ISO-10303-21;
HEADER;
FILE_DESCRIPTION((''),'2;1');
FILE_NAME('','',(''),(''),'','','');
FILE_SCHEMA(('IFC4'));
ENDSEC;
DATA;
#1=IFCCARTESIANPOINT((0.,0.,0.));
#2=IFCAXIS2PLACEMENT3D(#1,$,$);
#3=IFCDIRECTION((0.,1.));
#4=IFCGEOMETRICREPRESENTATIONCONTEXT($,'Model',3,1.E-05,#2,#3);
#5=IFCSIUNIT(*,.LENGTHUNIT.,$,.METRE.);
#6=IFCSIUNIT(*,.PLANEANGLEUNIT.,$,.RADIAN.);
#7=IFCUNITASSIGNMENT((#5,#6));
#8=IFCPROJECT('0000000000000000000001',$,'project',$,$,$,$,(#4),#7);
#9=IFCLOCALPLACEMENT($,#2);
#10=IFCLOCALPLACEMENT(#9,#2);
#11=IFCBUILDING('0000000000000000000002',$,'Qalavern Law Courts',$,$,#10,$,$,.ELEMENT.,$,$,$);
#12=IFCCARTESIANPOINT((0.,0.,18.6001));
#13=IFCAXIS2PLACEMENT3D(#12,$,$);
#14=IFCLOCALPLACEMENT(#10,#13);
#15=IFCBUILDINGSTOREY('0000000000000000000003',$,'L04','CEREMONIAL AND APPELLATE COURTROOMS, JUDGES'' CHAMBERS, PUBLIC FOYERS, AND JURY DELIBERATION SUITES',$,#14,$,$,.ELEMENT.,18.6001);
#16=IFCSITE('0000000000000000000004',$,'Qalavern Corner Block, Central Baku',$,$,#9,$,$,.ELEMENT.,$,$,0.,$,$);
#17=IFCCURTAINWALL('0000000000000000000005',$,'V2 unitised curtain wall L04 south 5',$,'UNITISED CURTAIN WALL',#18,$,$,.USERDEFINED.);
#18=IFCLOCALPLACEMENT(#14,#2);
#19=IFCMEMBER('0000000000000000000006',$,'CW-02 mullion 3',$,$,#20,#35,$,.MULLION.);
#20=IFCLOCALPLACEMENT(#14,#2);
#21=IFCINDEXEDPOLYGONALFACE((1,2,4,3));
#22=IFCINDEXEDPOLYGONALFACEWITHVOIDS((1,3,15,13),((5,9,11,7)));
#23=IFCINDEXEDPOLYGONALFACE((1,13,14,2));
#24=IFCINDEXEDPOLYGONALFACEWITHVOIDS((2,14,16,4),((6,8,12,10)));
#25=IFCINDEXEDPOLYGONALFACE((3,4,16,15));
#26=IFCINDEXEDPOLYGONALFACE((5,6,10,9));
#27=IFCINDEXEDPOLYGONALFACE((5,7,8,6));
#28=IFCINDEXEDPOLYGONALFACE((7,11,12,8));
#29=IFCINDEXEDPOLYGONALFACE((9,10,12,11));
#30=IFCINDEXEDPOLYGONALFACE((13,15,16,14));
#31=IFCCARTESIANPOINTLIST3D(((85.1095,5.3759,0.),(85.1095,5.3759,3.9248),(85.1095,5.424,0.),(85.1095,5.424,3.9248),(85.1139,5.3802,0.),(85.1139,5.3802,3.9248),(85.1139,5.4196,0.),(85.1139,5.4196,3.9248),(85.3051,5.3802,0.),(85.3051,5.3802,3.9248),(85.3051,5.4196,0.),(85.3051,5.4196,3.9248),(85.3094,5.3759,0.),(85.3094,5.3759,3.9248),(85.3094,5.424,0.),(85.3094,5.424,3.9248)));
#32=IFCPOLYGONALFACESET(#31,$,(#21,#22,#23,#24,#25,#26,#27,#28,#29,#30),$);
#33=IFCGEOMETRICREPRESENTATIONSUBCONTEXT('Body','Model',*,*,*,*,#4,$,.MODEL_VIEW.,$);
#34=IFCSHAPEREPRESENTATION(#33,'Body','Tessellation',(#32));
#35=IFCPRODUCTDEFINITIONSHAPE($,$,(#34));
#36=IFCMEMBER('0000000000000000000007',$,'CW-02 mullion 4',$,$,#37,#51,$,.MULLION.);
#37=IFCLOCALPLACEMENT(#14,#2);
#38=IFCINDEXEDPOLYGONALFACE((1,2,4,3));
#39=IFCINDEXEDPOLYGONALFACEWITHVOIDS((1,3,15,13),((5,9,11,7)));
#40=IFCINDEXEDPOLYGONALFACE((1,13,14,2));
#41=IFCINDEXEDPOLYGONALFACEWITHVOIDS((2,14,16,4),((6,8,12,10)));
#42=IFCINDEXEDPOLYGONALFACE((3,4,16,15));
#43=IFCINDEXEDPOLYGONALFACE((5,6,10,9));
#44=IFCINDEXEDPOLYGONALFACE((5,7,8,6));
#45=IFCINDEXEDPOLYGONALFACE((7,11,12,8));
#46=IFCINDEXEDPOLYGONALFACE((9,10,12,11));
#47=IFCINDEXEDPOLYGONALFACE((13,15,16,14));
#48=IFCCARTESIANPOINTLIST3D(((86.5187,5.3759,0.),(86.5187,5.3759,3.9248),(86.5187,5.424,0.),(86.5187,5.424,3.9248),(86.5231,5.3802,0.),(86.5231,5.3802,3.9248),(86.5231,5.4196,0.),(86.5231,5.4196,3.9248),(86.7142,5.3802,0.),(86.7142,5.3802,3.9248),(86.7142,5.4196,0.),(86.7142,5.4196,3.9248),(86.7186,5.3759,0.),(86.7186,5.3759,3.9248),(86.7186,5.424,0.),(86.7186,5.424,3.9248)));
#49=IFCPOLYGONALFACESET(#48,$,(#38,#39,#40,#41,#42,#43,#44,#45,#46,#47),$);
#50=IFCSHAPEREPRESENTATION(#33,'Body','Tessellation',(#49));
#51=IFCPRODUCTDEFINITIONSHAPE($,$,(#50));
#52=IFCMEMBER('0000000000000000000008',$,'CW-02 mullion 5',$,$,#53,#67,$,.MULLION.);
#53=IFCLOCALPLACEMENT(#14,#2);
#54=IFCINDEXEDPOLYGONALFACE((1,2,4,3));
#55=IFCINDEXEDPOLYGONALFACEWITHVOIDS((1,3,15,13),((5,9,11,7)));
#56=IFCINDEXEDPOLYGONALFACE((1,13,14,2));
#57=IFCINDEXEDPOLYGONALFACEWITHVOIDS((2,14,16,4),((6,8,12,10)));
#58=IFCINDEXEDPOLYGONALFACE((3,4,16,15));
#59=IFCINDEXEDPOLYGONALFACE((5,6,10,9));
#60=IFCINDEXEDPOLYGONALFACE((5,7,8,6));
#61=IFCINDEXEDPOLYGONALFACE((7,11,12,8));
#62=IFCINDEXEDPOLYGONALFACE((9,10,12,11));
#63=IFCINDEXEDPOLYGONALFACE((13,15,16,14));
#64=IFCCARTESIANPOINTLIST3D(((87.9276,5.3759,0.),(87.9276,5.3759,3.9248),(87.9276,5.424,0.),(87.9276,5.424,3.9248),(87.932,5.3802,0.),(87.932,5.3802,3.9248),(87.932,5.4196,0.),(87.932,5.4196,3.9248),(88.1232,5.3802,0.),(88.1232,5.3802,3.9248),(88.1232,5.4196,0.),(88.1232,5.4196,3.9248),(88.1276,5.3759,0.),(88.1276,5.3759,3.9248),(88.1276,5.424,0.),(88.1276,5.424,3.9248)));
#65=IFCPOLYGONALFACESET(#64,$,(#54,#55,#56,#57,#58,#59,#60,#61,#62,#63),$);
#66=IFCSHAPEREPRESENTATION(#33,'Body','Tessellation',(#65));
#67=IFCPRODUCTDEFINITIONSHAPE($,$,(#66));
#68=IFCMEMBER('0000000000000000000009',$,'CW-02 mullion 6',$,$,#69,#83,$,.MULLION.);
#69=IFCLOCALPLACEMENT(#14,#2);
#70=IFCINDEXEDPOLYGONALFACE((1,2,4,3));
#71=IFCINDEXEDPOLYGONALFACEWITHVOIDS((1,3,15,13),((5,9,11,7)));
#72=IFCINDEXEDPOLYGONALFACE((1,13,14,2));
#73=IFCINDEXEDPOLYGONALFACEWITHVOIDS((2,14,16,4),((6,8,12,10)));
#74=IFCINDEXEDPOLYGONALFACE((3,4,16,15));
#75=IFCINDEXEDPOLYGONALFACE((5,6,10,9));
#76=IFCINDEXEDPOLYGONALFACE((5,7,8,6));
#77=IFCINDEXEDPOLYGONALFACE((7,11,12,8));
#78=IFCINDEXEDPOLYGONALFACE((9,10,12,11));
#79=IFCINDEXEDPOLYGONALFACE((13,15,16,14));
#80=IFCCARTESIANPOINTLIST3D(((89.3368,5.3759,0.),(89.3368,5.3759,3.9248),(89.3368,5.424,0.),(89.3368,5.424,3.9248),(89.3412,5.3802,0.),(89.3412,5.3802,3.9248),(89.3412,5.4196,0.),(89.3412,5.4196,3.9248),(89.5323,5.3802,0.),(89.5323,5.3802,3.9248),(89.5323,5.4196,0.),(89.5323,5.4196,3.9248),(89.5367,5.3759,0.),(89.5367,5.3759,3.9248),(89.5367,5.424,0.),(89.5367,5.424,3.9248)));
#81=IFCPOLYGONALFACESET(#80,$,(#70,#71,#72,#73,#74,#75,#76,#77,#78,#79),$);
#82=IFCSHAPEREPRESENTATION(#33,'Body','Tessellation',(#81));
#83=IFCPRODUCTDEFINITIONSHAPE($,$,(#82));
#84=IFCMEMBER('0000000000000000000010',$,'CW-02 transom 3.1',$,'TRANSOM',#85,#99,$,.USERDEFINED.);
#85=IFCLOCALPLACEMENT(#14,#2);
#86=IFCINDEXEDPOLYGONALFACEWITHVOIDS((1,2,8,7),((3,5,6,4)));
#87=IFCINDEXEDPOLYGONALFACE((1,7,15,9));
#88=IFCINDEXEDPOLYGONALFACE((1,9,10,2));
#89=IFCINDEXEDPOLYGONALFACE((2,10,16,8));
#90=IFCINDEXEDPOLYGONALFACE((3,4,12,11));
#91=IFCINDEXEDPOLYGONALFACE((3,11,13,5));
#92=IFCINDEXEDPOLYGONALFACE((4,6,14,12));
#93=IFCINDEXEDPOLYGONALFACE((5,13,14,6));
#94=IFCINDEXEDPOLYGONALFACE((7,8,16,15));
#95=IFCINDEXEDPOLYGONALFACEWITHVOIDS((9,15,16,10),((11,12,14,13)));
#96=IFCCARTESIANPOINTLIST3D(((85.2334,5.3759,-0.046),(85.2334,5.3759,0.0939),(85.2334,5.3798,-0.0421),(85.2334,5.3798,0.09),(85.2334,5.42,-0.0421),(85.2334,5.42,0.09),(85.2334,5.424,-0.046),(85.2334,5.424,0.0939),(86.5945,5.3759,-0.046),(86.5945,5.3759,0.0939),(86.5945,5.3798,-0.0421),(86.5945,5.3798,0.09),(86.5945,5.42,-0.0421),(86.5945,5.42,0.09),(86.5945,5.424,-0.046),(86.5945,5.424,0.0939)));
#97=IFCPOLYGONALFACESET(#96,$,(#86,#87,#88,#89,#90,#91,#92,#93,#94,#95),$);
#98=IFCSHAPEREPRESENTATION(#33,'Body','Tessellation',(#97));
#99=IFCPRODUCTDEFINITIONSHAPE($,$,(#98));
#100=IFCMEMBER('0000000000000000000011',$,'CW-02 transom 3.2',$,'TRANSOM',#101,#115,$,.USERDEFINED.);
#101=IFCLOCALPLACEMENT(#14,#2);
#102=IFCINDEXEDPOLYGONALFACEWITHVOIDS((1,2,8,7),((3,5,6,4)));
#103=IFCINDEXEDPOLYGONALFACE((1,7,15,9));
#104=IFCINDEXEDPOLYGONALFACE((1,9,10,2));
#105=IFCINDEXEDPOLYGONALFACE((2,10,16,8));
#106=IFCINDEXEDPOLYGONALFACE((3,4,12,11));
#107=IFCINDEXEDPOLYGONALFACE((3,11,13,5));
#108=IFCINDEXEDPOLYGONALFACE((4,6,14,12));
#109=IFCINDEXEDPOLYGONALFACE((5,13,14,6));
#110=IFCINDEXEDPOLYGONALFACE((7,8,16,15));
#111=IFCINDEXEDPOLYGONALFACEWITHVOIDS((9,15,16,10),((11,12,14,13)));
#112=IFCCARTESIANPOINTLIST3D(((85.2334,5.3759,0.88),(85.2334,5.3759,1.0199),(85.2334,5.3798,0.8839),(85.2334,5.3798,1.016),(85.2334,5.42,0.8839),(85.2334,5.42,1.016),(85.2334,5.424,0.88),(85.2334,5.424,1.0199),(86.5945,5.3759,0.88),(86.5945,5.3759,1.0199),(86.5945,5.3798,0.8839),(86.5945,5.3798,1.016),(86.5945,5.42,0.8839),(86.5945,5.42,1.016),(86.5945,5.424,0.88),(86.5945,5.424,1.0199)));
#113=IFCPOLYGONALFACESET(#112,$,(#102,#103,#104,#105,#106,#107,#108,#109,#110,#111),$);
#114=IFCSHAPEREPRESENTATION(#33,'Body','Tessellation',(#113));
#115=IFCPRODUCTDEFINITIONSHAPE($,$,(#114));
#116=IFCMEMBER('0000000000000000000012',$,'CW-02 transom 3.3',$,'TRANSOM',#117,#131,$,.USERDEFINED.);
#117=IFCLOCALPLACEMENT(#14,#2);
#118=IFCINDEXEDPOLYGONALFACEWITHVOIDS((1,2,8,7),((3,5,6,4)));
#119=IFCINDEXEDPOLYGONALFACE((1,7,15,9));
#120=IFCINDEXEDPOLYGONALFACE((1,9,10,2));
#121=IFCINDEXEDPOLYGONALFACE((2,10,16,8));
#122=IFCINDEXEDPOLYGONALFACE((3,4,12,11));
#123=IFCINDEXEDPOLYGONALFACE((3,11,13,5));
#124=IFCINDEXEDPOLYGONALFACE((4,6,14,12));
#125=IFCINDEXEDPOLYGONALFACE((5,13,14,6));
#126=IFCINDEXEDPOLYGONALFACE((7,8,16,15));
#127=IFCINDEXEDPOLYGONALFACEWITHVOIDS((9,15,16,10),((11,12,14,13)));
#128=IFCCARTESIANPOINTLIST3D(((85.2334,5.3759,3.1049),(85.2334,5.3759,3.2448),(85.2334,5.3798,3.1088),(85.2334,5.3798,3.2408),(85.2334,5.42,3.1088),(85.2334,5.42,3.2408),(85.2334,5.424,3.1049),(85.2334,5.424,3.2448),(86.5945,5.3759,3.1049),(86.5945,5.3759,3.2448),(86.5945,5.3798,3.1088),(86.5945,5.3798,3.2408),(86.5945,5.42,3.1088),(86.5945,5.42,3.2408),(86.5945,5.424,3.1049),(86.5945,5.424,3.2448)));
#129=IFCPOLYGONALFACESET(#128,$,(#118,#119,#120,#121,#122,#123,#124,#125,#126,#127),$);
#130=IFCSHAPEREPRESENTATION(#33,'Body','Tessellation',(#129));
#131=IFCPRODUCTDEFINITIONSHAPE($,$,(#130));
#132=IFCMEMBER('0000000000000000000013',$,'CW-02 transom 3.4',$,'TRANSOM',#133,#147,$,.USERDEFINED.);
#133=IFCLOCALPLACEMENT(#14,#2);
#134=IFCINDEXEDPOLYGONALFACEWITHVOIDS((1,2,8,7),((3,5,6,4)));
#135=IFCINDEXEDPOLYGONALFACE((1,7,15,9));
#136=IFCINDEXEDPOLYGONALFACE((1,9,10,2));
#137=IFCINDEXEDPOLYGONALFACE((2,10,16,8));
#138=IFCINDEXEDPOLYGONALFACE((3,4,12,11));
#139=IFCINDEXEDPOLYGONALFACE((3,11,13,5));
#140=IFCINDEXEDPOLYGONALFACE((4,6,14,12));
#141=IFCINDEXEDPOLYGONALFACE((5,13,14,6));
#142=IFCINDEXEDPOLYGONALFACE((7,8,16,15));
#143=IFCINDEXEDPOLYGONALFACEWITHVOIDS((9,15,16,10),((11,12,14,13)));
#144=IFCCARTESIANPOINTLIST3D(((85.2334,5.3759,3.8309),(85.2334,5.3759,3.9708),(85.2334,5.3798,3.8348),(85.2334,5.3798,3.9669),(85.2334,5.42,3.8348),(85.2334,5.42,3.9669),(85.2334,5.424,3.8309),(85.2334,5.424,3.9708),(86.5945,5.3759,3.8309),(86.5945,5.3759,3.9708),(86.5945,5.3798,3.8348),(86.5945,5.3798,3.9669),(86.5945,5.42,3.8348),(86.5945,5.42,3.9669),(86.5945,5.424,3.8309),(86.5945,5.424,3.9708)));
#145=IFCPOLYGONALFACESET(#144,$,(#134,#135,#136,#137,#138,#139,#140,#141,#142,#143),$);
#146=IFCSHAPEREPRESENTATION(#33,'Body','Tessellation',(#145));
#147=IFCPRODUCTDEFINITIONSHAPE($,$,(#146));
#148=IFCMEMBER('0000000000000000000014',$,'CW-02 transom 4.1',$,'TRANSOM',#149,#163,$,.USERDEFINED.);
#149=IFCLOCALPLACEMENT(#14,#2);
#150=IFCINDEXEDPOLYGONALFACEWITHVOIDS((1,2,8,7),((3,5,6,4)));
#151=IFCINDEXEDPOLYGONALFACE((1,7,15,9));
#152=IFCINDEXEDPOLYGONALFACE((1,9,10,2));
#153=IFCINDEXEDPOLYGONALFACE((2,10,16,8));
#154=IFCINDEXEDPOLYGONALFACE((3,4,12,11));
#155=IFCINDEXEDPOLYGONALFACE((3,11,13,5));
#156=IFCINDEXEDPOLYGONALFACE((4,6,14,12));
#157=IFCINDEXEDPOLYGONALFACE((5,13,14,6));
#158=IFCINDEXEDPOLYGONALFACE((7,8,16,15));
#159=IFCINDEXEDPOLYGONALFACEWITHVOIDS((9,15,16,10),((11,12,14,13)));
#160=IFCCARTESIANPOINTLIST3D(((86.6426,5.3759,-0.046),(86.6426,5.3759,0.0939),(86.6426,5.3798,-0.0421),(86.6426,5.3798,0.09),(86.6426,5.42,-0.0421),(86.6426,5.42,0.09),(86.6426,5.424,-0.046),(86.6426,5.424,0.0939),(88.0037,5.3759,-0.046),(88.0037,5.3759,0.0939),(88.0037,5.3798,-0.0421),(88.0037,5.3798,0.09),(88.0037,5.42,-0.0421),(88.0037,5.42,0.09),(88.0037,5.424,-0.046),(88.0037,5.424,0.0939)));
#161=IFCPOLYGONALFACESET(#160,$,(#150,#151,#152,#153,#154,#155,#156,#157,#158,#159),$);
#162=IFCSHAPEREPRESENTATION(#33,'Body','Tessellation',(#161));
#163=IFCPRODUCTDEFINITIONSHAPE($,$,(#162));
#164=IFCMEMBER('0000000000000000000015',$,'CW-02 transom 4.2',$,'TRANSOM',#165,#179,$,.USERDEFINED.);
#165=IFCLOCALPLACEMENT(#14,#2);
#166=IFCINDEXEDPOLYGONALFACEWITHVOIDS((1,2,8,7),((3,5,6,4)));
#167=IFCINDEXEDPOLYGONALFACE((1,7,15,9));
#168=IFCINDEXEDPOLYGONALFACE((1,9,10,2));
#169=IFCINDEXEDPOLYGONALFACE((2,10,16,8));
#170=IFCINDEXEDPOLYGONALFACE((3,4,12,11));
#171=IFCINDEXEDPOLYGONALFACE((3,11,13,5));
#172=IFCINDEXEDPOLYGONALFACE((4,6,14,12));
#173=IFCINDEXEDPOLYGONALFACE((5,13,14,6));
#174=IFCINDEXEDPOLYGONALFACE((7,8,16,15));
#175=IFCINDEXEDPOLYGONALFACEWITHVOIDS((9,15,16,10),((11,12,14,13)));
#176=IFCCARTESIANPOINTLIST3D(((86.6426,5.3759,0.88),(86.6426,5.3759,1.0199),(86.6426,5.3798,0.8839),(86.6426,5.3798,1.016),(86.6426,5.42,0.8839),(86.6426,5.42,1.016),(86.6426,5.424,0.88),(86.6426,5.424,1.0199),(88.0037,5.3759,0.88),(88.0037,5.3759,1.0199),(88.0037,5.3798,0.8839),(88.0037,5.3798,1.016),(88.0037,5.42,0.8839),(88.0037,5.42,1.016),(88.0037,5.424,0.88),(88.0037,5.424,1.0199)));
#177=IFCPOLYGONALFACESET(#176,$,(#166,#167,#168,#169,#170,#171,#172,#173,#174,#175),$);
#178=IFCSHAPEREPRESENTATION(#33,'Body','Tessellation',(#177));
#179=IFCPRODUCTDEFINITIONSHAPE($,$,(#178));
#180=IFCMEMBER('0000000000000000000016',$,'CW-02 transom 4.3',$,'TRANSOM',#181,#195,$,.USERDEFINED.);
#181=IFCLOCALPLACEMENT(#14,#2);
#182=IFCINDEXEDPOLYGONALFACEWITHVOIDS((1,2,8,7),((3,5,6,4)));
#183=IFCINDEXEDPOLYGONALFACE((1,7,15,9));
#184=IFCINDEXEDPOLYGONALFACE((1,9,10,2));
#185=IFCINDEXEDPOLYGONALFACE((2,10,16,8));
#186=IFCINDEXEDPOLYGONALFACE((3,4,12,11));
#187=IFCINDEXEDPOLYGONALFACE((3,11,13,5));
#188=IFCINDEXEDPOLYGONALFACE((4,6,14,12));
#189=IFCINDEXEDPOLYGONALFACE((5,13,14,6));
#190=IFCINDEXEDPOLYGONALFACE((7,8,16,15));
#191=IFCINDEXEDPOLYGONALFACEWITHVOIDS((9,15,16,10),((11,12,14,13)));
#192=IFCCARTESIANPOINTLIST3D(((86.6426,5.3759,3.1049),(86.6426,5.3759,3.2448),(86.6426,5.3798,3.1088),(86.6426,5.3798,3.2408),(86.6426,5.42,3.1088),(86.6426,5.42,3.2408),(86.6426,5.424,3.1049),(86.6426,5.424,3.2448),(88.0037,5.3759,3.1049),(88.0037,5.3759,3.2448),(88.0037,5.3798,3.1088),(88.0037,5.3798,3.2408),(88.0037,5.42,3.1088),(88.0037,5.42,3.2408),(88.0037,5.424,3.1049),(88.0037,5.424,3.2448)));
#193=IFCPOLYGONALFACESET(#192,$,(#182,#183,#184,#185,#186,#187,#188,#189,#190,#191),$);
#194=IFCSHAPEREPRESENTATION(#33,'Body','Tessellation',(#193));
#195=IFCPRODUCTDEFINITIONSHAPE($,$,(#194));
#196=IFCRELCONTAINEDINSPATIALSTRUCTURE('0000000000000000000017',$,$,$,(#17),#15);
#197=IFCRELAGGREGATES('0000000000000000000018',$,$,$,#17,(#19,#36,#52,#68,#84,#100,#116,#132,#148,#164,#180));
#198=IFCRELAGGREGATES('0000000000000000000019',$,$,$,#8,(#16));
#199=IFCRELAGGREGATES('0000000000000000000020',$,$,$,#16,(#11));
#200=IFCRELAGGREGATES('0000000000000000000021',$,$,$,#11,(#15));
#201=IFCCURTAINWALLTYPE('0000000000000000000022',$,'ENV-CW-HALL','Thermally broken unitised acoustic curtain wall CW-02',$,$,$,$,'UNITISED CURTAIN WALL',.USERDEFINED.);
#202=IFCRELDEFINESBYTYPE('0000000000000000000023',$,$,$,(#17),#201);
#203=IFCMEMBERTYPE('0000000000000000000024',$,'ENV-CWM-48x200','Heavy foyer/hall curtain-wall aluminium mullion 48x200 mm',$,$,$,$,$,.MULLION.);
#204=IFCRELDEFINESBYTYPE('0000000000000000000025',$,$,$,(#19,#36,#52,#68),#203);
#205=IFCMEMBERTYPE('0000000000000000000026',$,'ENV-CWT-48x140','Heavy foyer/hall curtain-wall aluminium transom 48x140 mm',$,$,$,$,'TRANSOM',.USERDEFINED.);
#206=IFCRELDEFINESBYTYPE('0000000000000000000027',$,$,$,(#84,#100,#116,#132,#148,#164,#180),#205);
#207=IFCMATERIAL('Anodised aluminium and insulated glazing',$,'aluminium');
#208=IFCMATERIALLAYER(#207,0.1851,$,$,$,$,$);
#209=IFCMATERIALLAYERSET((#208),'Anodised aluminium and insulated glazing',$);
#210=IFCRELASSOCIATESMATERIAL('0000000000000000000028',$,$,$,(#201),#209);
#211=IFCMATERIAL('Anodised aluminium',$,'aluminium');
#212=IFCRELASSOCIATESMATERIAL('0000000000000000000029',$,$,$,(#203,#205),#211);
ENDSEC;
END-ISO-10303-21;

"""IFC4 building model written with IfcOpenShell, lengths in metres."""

from ifc_helpers import new_model, si_unit, direction, frame, origin, origin_2d, place, context, subcontext, project, spatial, hollow_rectangle, extrude, material, layer, layer_set, material_profile, profile_set, type_object, element, aggregate, save


model = new_model("IFC4")

# Units and contexts
model_context = context("Model", 3, precision=1e-05, world=origin(), true_north=direction((0.0, 1.0)))
body_context = subcontext(model_context, "Body", "Model", "MODEL_VIEW")
ifc_project = project(units=[si_unit("LENGTHUNIT", "METRE"), si_unit("PLANEANGLEUNIT", "RADIAN")], contexts=[model_context])

# Site, building, storey
site_placement = place(None, origin())
site = spatial("IfcSite", under=ifc_project, at=site_placement, Name="Qalavern Corner Block, Central Baku", CompositionType="ELEMENT", RefElevation=0.0)
building_placement = place(site_placement, origin())
building = spatial("IfcBuilding", under=site, at=building_placement, Name="Qalavern Law Courts", CompositionType="ELEMENT")
storey_placement = place(building_placement, frame((0.0, 0.0, 18.6001)))
storey = spatial("IfcBuildingStorey", under=building, at=storey_placement, Name="L04", Description="CEREMONIAL AND APPELLATE COURTROOMS, JUDGES' CHAMBERS, PUBLIC FOYERS, AND JURY DELIBERATION SUITES", CompositionType="ELEMENT", Elevation=18.6001)

# Curtain wall, members
ifc_material_1 = material(Name="Anodised aluminium and insulated glazing", Category="aluminium")
ifc_layer_1 = layer(ifc_material_1, 0.1851)
ifc_layer_set_1 = layer_set([ifc_layer_1], Name="Anodised aluminium and insulated glazing")
curtain_wall_type = type_object("IfcCurtainWallType", Name="ENV-CW-HALL", Description="Thermally broken unitised acoustic curtain wall CW-02", ElementType="UNITISED CURTAIN WALL", PredefinedType="USERDEFINED", material=ifc_layer_set_1)
curtain_wall_placement = place(storey_placement, origin())
curtain_wall = element("IfcCurtainWall", 1, at=curtain_wall_placement, inside=storey, type_object=curtain_wall_type, Name="V2 unitised curtain wall L04 south 5", ObjectType="UNITISED CURTAIN WALL", PredefinedType="USERDEFINED")
ifc_material_2 = material(Name="Anodised aluminium", Category="aluminium")
ifc_material_profile_1 = material_profile(ifc_material_2, hollow_rectangle(XDim=0.0481, YDim=0.2, WallThickness=0.0044, at=origin_2d()), Name="ALU MULLION 48x200")
ifc_profile_set_1 = profile_set([ifc_material_profile_1], Name="Anodised aluminium")
member_type_1 = type_object("IfcMemberType", Name="ENV-CWM-48x200", Description="Heavy foyer/hall curtain-wall aluminium mullion 48x200 mm", PredefinedType="MULLION", material=ifc_profile_set_1)
member_1_placement = place(storey_placement, frame((85.2095, 5.3999, 0.0), z_axis=(0.0, 0.0, 1.0), x_axis=(0.0, 1.0, 0.0)))
member_1 = element("IfcMember", 2, at=member_1_placement, type_object=member_type_1, Name="CW-02 mullion 3", PredefinedType="MULLION", context=body_context, shape_type="SweptSolid", body=[
    extrude(hollow_rectangle(XDim=0.0481, YDim=0.2, WallThickness=0.0044, at=origin_2d()), origin(), (0.0, 0.0, 1.0), 3.9248),
])
member_2_placement = place(storey_placement, frame((86.6187, 5.3999, 0.0), z_axis=(0.0, 0.0, 1.0), x_axis=(0.0, 1.0, 0.0)))
member_2 = element("IfcMember", 3, at=member_2_placement, type_object=member_type_1, Name="CW-02 mullion 4", PredefinedType="MULLION", context=body_context, shape_type="SweptSolid", body=[
    extrude(hollow_rectangle(XDim=0.0481, YDim=0.2, WallThickness=0.0044, at=origin_2d()), origin(), (0.0, 0.0, 1.0), 3.9248),
])
member_3_placement = place(storey_placement, frame((88.0276, 5.3999, 0.0), z_axis=(0.0, 0.0, 1.0), x_axis=(0.0, 1.0, 0.0)))
member_3 = element("IfcMember", 4, at=member_3_placement, type_object=member_type_1, Name="CW-02 mullion 5", PredefinedType="MULLION", context=body_context, shape_type="SweptSolid", body=[
    extrude(hollow_rectangle(XDim=0.0481, YDim=0.2, WallThickness=0.0044, at=origin_2d()), origin(), (0.0, 0.0, 1.0), 3.9248),
])
member_4_placement = place(storey_placement, frame((89.4368, 5.3999, 0.0), z_axis=(0.0, 0.0, 1.0), x_axis=(0.0, 1.0, 0.0)))
member_4 = element("IfcMember", 5, at=member_4_placement, type_object=member_type_1, Name="CW-02 mullion 6", PredefinedType="MULLION", context=body_context, shape_type="SweptSolid", body=[
    extrude(hollow_rectangle(XDim=0.0481, YDim=0.2, WallThickness=0.0044, at=origin_2d()), origin(), (0.0, 0.0, 1.0), 3.9248),
])
ifc_material_profile_2 = material_profile(ifc_material_2, hollow_rectangle(XDim=0.0481, YDim=0.1399, WallThickness=0.0039, at=origin_2d()), Name="ALU TRANSOM 48x140")
ifc_profile_set_2 = profile_set([ifc_material_profile_2], Name="Anodised aluminium")
member_type_2 = type_object("IfcMemberType", Name="ENV-CWT-48x140", Description="Heavy foyer/hall curtain-wall aluminium transom 48x140 mm", ElementType="TRANSOM", PredefinedType="USERDEFINED", material=ifc_profile_set_2)
member_5_placement = place(storey_placement, frame((85.2334, 5.3999, 0.0239), z_axis=(1.0, 0.0, 0.0), x_axis=(0.0, 1.0, 0.0)))
member_5 = element("IfcMember", 6, at=member_5_placement, type_object=member_type_2, Name="CW-02 transom 3.1", ObjectType="TRANSOM", PredefinedType="USERDEFINED", context=body_context, shape_type="SweptSolid", body=[
    extrude(hollow_rectangle(XDim=0.0481, YDim=0.1399, WallThickness=0.0039, at=origin_2d()), origin(), (0.0, 0.0, 1.0), 1.3611),
])
member_6_placement = place(storey_placement, frame((85.2334, 5.3999, 0.95), z_axis=(1.0, 0.0, 0.0), x_axis=(0.0, 1.0, 0.0)))
member_6 = element("IfcMember", 7, at=member_6_placement, type_object=member_type_2, Name="CW-02 transom 3.2", ObjectType="TRANSOM", PredefinedType="USERDEFINED", context=body_context, shape_type="SweptSolid", body=[
    extrude(hollow_rectangle(XDim=0.0481, YDim=0.1399, WallThickness=0.0039, at=origin_2d()), origin(), (0.0, 0.0, 1.0), 1.3611),
])
member_7_placement = place(storey_placement, frame((85.2334, 5.3999, 3.1748), z_axis=(1.0, 0.0, 0.0), x_axis=(0.0, 1.0, 0.0)))
member_7 = element("IfcMember", 8, at=member_7_placement, type_object=member_type_2, Name="CW-02 transom 3.3", ObjectType="TRANSOM", PredefinedType="USERDEFINED", context=body_context, shape_type="SweptSolid", body=[
    extrude(hollow_rectangle(XDim=0.0481, YDim=0.1399, WallThickness=0.0039, at=origin_2d()), origin(), (0.0, 0.0, 1.0), 1.3611),
])
member_8_placement = place(storey_placement, frame((85.2334, 5.3999, 3.9009), z_axis=(1.0, 0.0, 0.0), x_axis=(0.0, 1.0, 0.0)))
member_8 = element("IfcMember", 9, at=member_8_placement, type_object=member_type_2, Name="CW-02 transom 3.4", ObjectType="TRANSOM", PredefinedType="USERDEFINED", context=body_context, shape_type="SweptSolid", body=[
    extrude(hollow_rectangle(XDim=0.0481, YDim=0.1399, WallThickness=0.0039, at=origin_2d()), origin(), (0.0, 0.0, 1.0), 1.3611),
])
member_9_placement = place(storey_placement, frame((86.6426, 5.3999, 0.0239), z_axis=(1.0, 0.0, 0.0), x_axis=(0.0, 1.0, 0.0)))
member_9 = element("IfcMember", 10, at=member_9_placement, type_object=member_type_2, Name="CW-02 transom 4.1", ObjectType="TRANSOM", PredefinedType="USERDEFINED", context=body_context, shape_type="SweptSolid", body=[
    extrude(hollow_rectangle(XDim=0.0481, YDim=0.1399, WallThickness=0.0039, at=origin_2d()), origin(), (0.0, 0.0, 1.0), 1.3611),
])
member_10_placement = place(storey_placement, frame((86.6426, 5.3999, 0.95), z_axis=(1.0, 0.0, 0.0), x_axis=(0.0, 1.0, 0.0)))
member_10 = element("IfcMember", 11, at=member_10_placement, type_object=member_type_2, Name="CW-02 transom 4.2", ObjectType="TRANSOM", PredefinedType="USERDEFINED", context=body_context, shape_type="SweptSolid", body=[
    extrude(hollow_rectangle(XDim=0.0481, YDim=0.1399, WallThickness=0.0039, at=origin_2d()), origin(), (0.0, 0.0, 1.0), 1.3611),
])
member_11_placement = place(storey_placement, frame((86.6426, 5.3999, 3.1748), z_axis=(1.0, 0.0, 0.0), x_axis=(0.0, 1.0, 0.0)))
member_11 = element("IfcMember", 12, at=member_11_placement, type_object=member_type_2, Name="CW-02 transom 4.3", ObjectType="TRANSOM", PredefinedType="USERDEFINED", context=body_context, shape_type="SweptSolid", body=[
    extrude(hollow_rectangle(XDim=0.0481, YDim=0.1399, WallThickness=0.0039, at=origin_2d()), origin(), (0.0, 0.0, 1.0), 1.3611),
])
aggregate(curtain_wall, [member_1, member_2, member_3, member_4, member_5, member_6, member_7, member_8, member_9, member_10, member_11])

save(model, "model.ifc")
